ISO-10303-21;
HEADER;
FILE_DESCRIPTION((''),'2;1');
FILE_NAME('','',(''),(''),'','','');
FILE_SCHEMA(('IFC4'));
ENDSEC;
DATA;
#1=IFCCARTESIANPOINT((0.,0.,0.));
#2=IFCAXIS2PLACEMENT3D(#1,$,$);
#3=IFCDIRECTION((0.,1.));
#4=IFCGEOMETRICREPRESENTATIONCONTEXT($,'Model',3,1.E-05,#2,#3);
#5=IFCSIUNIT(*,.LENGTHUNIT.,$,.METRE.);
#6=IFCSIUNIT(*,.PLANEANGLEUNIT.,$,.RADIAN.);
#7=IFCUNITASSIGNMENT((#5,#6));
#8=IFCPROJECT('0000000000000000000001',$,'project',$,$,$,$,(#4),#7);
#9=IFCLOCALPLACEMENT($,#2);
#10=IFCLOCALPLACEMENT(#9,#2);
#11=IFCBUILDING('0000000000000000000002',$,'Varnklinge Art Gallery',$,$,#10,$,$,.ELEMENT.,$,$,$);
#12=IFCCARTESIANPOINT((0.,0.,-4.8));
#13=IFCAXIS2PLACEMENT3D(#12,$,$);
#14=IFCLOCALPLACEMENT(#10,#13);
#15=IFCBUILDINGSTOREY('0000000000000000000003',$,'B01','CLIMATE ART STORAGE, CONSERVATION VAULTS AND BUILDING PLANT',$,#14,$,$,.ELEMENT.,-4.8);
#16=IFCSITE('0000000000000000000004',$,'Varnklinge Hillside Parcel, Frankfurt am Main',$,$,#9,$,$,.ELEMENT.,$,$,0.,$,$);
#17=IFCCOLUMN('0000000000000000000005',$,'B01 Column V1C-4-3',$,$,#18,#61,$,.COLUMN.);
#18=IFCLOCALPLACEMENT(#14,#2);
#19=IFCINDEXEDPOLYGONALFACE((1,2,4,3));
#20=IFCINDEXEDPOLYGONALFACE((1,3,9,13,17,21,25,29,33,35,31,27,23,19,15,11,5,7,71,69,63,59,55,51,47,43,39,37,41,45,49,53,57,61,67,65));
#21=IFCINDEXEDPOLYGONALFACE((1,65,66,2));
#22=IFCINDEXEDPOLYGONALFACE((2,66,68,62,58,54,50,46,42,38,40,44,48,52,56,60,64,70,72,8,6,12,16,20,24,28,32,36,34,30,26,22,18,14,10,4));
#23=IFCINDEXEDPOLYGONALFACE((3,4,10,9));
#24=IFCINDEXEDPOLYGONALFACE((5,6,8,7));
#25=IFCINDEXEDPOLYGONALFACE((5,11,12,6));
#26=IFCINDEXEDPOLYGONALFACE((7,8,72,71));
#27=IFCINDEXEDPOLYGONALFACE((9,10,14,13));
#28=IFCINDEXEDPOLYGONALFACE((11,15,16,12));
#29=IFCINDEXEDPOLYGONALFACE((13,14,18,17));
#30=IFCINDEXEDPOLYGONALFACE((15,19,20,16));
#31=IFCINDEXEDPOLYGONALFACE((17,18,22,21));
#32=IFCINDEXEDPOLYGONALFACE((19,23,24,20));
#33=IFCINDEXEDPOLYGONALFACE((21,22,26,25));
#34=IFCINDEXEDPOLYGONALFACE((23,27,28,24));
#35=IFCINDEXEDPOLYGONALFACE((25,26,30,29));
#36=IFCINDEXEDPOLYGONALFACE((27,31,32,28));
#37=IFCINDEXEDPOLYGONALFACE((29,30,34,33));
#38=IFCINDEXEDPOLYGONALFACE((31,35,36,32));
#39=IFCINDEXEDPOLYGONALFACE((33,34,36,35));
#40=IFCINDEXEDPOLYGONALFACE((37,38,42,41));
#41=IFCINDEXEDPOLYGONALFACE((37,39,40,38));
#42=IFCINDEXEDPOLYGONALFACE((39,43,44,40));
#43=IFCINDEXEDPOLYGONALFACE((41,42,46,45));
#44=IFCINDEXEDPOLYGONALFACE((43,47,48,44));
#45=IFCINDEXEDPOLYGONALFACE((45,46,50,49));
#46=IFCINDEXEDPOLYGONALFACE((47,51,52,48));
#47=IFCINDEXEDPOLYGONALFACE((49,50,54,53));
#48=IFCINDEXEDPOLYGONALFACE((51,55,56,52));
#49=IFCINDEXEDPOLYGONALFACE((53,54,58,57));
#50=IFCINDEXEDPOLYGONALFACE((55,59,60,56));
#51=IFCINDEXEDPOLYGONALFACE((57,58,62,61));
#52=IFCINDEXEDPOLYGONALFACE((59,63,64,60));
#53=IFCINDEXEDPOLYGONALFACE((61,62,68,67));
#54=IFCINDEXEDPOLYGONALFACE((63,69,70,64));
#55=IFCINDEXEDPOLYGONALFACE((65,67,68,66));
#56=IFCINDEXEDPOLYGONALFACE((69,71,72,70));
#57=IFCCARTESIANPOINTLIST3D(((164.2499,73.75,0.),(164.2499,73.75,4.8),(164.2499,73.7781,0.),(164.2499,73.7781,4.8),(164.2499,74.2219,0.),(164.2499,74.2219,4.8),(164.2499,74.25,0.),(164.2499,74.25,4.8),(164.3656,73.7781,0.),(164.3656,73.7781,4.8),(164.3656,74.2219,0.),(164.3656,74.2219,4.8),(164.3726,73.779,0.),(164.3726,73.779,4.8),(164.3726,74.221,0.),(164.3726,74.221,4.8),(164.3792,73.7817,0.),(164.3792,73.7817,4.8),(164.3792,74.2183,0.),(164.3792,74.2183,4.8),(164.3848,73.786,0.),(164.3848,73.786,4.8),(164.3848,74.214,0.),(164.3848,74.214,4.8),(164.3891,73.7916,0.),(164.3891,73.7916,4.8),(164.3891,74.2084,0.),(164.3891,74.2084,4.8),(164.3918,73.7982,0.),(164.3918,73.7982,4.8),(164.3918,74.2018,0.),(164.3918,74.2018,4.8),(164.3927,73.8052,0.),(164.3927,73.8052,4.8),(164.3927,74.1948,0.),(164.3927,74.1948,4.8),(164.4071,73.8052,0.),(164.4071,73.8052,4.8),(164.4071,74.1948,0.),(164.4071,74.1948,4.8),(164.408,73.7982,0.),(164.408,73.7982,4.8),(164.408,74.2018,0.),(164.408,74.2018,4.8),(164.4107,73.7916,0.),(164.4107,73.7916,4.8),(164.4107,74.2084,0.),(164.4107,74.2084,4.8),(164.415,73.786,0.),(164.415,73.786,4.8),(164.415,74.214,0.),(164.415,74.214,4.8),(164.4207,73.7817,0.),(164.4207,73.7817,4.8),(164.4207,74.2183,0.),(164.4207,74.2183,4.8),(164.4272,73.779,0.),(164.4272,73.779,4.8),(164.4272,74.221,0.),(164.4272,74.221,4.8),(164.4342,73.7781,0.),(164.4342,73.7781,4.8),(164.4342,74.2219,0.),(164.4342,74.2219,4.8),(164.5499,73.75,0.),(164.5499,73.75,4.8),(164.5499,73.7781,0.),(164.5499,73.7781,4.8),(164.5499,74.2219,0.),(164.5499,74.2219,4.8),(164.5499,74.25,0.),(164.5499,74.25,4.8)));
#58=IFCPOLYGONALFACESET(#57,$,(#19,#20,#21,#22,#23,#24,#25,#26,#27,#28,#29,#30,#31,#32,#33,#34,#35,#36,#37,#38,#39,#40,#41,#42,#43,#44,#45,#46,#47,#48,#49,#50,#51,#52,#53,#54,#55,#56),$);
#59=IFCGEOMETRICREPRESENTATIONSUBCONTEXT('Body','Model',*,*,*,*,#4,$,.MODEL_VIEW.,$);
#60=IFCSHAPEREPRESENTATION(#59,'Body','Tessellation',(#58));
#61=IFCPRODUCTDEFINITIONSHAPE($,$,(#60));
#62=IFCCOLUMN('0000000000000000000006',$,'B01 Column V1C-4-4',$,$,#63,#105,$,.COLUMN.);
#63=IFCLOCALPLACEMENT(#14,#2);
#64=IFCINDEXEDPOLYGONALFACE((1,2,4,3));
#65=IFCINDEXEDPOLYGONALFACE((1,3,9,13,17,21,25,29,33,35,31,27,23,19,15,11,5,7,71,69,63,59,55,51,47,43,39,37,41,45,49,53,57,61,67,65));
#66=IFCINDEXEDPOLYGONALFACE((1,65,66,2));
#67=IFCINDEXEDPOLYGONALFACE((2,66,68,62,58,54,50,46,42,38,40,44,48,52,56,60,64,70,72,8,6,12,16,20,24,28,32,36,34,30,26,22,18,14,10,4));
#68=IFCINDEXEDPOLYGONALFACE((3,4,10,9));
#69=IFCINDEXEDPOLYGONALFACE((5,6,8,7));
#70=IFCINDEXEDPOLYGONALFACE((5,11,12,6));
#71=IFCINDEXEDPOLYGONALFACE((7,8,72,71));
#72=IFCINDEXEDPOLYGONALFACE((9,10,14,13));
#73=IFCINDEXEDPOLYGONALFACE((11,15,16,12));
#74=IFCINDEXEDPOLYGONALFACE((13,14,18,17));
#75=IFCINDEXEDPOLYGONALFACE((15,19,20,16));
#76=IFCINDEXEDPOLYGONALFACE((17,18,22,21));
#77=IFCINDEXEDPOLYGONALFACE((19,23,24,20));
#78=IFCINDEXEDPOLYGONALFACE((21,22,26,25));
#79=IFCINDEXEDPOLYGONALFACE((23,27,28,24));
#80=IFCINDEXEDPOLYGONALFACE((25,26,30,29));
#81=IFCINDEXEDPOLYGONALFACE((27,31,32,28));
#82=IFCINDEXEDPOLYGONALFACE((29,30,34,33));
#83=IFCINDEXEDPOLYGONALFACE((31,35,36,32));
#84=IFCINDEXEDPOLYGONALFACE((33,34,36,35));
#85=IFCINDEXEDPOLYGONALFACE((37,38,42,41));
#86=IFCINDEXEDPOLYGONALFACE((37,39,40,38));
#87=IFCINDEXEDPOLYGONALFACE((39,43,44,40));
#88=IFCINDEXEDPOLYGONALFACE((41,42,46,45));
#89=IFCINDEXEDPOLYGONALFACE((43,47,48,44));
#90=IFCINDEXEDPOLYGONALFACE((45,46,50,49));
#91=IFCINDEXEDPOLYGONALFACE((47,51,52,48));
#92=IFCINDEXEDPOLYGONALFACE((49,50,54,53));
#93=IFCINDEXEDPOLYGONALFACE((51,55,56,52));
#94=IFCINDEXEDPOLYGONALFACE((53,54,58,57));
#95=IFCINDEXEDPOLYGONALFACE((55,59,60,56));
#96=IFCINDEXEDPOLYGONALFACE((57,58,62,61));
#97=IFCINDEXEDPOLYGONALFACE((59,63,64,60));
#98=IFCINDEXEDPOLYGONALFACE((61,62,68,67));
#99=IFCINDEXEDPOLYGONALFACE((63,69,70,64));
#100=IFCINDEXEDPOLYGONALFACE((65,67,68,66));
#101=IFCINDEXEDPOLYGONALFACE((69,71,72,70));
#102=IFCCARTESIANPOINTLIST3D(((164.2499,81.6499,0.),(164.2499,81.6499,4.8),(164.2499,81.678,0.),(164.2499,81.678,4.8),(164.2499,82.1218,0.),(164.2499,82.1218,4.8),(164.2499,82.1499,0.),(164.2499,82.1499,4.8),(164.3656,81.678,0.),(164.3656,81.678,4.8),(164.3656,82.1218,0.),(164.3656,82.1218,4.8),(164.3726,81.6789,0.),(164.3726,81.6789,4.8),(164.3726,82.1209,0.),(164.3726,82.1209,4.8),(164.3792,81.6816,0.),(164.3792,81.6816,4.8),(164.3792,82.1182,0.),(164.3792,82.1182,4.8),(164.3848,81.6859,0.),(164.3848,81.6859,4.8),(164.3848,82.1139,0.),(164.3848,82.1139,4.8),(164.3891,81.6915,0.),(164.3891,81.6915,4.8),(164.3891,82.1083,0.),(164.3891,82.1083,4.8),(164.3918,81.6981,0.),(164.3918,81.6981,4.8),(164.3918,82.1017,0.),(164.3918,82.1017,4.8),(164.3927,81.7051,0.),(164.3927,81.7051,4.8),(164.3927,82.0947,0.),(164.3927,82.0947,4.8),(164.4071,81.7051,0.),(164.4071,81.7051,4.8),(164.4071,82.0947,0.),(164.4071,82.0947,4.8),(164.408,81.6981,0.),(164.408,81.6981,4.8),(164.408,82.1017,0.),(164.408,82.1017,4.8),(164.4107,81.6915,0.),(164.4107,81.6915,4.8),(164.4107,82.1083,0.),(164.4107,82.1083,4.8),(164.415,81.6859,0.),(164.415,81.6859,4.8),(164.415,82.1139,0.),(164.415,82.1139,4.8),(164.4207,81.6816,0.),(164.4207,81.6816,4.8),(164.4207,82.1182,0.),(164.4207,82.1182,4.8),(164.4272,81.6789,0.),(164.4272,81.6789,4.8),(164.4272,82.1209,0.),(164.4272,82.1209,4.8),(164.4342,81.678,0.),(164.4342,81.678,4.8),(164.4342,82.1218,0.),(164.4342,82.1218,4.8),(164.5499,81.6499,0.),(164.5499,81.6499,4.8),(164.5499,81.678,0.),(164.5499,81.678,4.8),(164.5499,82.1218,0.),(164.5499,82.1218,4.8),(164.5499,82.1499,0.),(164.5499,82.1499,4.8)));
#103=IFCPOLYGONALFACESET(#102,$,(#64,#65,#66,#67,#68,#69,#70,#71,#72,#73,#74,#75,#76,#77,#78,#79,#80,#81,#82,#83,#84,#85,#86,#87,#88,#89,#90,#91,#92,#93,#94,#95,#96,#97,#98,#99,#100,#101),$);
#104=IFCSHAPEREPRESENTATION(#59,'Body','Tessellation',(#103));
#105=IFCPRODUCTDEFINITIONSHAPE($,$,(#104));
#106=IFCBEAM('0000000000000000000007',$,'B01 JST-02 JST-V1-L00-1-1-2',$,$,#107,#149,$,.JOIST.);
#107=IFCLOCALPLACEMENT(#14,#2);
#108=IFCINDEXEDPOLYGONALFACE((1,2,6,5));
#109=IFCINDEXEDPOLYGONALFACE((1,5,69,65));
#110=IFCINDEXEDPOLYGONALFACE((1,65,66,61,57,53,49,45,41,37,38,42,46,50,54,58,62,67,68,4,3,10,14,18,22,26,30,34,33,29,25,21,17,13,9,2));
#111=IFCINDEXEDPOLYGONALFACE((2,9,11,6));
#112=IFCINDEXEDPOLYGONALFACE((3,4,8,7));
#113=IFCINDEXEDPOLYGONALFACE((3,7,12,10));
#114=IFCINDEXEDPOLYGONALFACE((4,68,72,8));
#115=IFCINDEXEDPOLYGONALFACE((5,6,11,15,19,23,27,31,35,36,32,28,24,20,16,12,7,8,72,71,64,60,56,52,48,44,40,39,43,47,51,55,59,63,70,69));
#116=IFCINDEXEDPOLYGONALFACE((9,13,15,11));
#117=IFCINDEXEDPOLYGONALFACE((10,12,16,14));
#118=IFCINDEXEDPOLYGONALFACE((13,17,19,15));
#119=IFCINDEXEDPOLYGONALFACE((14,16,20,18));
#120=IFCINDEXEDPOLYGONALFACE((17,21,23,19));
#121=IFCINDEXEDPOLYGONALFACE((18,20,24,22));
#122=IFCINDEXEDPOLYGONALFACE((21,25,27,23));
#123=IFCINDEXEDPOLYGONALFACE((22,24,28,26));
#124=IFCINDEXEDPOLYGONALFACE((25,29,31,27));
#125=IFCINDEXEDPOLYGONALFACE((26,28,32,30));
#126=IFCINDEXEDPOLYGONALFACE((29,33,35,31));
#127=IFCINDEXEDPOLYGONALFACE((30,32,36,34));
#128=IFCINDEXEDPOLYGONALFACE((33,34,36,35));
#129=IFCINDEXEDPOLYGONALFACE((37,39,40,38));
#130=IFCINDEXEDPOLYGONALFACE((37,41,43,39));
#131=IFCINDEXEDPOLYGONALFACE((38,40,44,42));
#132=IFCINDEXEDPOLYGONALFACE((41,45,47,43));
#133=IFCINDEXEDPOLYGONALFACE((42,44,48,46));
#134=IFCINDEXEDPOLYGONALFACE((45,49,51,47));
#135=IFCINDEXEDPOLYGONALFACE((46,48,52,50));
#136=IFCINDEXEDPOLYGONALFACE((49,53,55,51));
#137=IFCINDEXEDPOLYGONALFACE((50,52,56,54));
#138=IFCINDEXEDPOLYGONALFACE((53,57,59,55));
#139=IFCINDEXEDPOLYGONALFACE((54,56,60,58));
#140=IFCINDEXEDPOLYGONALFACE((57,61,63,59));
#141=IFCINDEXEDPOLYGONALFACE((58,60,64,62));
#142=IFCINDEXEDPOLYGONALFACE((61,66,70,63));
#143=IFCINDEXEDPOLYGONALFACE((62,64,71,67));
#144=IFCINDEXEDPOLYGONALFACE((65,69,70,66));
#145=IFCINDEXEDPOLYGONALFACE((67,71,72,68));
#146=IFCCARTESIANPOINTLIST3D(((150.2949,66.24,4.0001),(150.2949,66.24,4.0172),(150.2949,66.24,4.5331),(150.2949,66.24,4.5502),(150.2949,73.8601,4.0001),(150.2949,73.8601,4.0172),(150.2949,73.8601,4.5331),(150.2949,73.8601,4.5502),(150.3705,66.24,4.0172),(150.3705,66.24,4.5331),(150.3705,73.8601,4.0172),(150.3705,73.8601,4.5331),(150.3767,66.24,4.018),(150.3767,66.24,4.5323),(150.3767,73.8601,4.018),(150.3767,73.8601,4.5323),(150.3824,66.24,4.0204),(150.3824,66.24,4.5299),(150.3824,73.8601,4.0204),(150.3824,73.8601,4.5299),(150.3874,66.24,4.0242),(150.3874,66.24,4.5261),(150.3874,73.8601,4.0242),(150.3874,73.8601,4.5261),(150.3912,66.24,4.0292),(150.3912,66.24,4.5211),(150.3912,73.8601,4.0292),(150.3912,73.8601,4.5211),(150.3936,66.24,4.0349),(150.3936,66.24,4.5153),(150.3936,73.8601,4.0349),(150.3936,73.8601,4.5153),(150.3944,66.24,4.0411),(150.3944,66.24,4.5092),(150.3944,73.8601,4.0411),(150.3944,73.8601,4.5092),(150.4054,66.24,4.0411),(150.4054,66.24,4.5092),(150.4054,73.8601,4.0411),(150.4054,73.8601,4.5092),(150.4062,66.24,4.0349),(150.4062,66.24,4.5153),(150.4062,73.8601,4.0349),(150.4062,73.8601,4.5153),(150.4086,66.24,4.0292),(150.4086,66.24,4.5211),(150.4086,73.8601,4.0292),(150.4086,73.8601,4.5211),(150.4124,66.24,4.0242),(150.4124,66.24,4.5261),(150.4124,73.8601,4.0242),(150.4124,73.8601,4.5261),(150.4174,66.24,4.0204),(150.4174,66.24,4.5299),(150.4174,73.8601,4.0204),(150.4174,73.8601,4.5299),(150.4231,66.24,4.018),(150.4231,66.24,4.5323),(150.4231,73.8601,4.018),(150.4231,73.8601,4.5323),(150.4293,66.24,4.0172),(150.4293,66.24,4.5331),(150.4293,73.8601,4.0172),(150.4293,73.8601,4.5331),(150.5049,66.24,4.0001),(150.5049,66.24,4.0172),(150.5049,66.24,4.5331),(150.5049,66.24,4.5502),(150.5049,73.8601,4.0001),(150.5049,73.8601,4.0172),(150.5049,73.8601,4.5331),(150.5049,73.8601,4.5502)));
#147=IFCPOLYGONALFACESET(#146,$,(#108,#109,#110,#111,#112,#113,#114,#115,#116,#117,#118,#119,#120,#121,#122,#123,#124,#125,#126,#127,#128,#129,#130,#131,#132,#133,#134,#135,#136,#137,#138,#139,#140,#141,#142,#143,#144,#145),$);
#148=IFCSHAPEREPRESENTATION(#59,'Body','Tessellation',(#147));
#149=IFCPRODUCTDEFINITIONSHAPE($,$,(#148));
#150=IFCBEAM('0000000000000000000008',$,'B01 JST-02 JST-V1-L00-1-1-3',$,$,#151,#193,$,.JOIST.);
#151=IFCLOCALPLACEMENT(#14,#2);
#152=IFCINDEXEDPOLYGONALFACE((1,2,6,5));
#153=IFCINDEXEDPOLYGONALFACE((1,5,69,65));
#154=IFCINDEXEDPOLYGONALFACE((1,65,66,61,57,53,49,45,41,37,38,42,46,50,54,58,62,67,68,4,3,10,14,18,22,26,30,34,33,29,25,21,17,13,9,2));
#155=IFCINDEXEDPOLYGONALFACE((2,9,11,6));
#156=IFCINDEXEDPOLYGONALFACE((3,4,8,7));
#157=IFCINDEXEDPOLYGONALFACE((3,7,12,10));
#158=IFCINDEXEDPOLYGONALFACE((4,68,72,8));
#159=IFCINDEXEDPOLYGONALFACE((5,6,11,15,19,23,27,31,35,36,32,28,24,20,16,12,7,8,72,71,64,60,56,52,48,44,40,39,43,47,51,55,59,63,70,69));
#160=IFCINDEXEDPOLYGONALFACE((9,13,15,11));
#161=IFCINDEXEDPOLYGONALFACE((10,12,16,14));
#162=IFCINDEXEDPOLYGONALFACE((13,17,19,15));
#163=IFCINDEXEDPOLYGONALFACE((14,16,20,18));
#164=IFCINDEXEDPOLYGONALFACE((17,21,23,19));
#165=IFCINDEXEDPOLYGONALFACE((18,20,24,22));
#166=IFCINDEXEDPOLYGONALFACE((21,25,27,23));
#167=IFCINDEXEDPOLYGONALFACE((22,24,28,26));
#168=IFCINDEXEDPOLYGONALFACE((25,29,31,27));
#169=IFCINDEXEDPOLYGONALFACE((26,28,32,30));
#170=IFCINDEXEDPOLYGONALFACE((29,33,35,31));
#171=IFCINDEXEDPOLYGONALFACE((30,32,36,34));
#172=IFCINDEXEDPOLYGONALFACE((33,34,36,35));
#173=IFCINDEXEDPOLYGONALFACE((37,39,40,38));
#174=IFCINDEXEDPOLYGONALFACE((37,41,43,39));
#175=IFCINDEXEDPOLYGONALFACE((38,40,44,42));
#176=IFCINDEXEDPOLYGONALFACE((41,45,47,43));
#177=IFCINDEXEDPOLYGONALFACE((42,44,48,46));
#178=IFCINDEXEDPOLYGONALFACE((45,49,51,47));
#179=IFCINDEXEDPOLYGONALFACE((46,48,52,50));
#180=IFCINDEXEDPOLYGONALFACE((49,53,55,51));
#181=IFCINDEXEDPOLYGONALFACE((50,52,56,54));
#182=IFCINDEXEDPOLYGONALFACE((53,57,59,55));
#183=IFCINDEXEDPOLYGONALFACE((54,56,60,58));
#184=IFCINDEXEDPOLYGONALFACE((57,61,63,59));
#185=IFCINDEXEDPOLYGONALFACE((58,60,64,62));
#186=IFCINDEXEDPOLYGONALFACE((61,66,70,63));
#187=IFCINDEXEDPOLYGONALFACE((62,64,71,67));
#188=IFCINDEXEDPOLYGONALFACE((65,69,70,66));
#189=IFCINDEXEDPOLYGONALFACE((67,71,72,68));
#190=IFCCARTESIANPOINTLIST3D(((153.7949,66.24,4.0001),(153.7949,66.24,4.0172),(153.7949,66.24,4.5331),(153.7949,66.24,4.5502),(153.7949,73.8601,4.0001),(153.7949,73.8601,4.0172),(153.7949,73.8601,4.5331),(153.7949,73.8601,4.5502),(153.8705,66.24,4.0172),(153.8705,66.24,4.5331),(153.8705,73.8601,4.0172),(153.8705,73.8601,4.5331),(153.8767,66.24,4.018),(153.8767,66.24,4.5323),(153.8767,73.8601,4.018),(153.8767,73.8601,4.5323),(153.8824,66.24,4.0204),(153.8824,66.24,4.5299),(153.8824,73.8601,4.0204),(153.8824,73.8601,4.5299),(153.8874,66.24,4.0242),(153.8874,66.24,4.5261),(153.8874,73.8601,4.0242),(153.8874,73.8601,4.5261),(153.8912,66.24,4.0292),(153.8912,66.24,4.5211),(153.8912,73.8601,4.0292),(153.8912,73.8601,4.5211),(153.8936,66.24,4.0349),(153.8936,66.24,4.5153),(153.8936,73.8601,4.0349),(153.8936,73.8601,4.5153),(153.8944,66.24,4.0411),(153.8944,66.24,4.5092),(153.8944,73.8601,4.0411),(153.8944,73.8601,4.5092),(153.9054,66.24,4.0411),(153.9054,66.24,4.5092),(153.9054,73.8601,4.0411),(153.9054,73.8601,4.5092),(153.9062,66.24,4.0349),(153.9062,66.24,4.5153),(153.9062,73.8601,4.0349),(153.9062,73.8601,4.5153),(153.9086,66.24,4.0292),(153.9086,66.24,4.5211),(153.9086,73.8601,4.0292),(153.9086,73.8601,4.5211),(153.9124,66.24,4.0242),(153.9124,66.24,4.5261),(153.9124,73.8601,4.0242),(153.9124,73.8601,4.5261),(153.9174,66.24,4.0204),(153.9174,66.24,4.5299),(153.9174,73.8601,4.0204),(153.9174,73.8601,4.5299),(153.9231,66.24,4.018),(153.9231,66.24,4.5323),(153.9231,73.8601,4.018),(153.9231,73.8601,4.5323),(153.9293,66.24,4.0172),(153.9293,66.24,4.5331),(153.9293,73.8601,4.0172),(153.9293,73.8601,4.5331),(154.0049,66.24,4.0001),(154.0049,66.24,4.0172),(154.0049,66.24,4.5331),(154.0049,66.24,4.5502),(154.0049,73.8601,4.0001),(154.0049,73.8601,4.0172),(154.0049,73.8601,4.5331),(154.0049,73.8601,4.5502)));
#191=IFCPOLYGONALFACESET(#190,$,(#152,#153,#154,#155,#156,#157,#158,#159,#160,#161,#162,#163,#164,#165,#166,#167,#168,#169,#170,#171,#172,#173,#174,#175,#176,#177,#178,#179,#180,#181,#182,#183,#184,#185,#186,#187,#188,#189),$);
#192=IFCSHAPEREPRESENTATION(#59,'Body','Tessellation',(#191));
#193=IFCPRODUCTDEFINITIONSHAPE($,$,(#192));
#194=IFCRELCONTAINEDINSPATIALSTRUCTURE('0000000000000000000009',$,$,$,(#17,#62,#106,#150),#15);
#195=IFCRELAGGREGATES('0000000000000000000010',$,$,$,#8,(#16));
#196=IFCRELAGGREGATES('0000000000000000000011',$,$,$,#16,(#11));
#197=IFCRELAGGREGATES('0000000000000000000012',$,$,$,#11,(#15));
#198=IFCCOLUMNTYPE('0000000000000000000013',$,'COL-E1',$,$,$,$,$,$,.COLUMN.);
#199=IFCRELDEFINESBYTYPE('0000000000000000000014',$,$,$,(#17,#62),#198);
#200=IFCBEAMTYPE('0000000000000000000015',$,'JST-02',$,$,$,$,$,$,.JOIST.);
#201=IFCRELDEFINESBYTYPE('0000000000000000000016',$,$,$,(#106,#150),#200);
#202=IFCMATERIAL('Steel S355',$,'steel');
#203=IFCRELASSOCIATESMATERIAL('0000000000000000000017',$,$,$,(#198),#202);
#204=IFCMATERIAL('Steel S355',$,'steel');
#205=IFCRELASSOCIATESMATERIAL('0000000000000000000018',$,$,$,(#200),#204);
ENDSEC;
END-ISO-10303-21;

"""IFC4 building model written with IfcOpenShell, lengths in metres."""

from ifc_helpers import new_model, si_unit, direction, frame, origin, origin_2d, place, context, subcontext, project, spatial, i_section, extrude, material, material_profile, profile_set, type_object, element, save


model = new_model("IFC4")

# Units and contexts
model_context = context("Model", 3, precision=1e-05, world=origin(), true_north=direction((0.0, 1.0)))
body_context = subcontext(model_context, "Body", "Model", "MODEL_VIEW")
ifc_project = project(units=[si_unit("LENGTHUNIT", "METRE"), si_unit("PLANEANGLEUNIT", "RADIAN")], contexts=[model_context])

# Site, building, storey
site_placement = place(None, origin())
site = spatial("IfcSite", under=ifc_project, at=site_placement, Name="Varnklinge Hillside Parcel, Frankfurt am Main", CompositionType="ELEMENT", RefElevation=0.0)
building_placement = place(site_placement, origin())
building = spatial("IfcBuilding", under=site, at=building_placement, Name="Varnklinge Art Gallery", CompositionType="ELEMENT")
storey_placement = place(building_placement, frame((0.0, 0.0, -4.8)))
storey = spatial("IfcBuildingStorey", under=building, at=storey_placement, Name="B01", Description="CLIMATE ART STORAGE, CONSERVATION VAULTS AND BUILDING PLANT", CompositionType="ELEMENT", Elevation=-4.8)

# Columns
ifc_material_1 = material(Name="Steel S355", Category="steel")
ifc_material_profile_1 = material_profile(ifc_material_1, i_section(OverallWidth=0.3, OverallDepth=0.5, WebThickness=0.0144, FlangeThickness=0.0281, FilletRadius=0.0271, at=origin_2d()), Name="HEB 500")
ifc_profile_set_1 = profile_set([ifc_material_profile_1], Name="Steel S355")
column_type = type_object("IfcColumnType", Name="COL-E1", PredefinedType="COLUMN", material=ifc_profile_set_1)
for number, where, z_axis, x_axis, name in (
    (1, (164.3999, 74.0, 0.0), (0.0, 0.0, 1.0), (1.0, 0.0, 0.0), "B01 Column V1C-4-3"),
    (2, (164.3999, 81.8999, 0.0), (0.0, 0.0, 1.0), (1.0, 0.0, 0.0), "B01 Column V1C-4-4"),
):
    element("IfcColumn", number, at=place(storey_placement, frame(where, z_axis=z_axis, x_axis=x_axis)), inside=storey, type_object=column_type, Name=name, PredefinedType="COLUMN", context=body_context, shape_type="SweptSolid", body=[
        extrude(i_section(OverallWidth=0.3, OverallDepth=0.5, WebThickness=0.0144, FlangeThickness=0.0281, FilletRadius=0.0271, at=origin_2d()), origin(), (0.0, 0.0, 1.0), 4.8),
    ])

# Beams
ifc_material_2 = material(Name="Steel S355", Category="steel")
ifc_material_profile_2 = material_profile(ifc_material_2, i_section(OverallWidth=0.21, OverallDepth=0.55, WebThickness=0.011, FlangeThickness=0.0171, FilletRadius=0.0239, at=origin_2d()), Name="IPE 550")
ifc_profile_set_2 = profile_set([ifc_material_profile_2], Name="Steel S355")
beam_type_1 = type_object("IfcBeamType", Name="JST-02", PredefinedType="JOIST", material=ifc_profile_set_2)
for number, where, z_axis, x_axis, name in (
    (3, (150.3999, 66.24, 4.2751), (0.0, 1.0, 0.0), (-1.0, 0.0, 0.0), "B01 JST-02 JST-V1-L00-1-1-2"),
    (4, (153.8999, 66.24, 4.2751), (0.0, 1.0, 0.0), (-1.0, 0.0, 0.0), "B01 JST-02 JST-V1-L00-1-1-3"),
):
    element("IfcBeam", number, at=place(storey_placement, frame(where, z_axis=z_axis, x_axis=x_axis)), inside=storey, type_object=beam_type_1, Name=name, PredefinedType="JOIST", context=body_context, shape_type="SweptSolid", body=[
        extrude(i_section(OverallWidth=0.21, OverallDepth=0.55, WebThickness=0.011, FlangeThickness=0.0171, FilletRadius=0.0239, at=origin_2d()), origin(), (0.0, 0.0, 1.0), 7.6201),
    ])

save(model, "model.ifc")
